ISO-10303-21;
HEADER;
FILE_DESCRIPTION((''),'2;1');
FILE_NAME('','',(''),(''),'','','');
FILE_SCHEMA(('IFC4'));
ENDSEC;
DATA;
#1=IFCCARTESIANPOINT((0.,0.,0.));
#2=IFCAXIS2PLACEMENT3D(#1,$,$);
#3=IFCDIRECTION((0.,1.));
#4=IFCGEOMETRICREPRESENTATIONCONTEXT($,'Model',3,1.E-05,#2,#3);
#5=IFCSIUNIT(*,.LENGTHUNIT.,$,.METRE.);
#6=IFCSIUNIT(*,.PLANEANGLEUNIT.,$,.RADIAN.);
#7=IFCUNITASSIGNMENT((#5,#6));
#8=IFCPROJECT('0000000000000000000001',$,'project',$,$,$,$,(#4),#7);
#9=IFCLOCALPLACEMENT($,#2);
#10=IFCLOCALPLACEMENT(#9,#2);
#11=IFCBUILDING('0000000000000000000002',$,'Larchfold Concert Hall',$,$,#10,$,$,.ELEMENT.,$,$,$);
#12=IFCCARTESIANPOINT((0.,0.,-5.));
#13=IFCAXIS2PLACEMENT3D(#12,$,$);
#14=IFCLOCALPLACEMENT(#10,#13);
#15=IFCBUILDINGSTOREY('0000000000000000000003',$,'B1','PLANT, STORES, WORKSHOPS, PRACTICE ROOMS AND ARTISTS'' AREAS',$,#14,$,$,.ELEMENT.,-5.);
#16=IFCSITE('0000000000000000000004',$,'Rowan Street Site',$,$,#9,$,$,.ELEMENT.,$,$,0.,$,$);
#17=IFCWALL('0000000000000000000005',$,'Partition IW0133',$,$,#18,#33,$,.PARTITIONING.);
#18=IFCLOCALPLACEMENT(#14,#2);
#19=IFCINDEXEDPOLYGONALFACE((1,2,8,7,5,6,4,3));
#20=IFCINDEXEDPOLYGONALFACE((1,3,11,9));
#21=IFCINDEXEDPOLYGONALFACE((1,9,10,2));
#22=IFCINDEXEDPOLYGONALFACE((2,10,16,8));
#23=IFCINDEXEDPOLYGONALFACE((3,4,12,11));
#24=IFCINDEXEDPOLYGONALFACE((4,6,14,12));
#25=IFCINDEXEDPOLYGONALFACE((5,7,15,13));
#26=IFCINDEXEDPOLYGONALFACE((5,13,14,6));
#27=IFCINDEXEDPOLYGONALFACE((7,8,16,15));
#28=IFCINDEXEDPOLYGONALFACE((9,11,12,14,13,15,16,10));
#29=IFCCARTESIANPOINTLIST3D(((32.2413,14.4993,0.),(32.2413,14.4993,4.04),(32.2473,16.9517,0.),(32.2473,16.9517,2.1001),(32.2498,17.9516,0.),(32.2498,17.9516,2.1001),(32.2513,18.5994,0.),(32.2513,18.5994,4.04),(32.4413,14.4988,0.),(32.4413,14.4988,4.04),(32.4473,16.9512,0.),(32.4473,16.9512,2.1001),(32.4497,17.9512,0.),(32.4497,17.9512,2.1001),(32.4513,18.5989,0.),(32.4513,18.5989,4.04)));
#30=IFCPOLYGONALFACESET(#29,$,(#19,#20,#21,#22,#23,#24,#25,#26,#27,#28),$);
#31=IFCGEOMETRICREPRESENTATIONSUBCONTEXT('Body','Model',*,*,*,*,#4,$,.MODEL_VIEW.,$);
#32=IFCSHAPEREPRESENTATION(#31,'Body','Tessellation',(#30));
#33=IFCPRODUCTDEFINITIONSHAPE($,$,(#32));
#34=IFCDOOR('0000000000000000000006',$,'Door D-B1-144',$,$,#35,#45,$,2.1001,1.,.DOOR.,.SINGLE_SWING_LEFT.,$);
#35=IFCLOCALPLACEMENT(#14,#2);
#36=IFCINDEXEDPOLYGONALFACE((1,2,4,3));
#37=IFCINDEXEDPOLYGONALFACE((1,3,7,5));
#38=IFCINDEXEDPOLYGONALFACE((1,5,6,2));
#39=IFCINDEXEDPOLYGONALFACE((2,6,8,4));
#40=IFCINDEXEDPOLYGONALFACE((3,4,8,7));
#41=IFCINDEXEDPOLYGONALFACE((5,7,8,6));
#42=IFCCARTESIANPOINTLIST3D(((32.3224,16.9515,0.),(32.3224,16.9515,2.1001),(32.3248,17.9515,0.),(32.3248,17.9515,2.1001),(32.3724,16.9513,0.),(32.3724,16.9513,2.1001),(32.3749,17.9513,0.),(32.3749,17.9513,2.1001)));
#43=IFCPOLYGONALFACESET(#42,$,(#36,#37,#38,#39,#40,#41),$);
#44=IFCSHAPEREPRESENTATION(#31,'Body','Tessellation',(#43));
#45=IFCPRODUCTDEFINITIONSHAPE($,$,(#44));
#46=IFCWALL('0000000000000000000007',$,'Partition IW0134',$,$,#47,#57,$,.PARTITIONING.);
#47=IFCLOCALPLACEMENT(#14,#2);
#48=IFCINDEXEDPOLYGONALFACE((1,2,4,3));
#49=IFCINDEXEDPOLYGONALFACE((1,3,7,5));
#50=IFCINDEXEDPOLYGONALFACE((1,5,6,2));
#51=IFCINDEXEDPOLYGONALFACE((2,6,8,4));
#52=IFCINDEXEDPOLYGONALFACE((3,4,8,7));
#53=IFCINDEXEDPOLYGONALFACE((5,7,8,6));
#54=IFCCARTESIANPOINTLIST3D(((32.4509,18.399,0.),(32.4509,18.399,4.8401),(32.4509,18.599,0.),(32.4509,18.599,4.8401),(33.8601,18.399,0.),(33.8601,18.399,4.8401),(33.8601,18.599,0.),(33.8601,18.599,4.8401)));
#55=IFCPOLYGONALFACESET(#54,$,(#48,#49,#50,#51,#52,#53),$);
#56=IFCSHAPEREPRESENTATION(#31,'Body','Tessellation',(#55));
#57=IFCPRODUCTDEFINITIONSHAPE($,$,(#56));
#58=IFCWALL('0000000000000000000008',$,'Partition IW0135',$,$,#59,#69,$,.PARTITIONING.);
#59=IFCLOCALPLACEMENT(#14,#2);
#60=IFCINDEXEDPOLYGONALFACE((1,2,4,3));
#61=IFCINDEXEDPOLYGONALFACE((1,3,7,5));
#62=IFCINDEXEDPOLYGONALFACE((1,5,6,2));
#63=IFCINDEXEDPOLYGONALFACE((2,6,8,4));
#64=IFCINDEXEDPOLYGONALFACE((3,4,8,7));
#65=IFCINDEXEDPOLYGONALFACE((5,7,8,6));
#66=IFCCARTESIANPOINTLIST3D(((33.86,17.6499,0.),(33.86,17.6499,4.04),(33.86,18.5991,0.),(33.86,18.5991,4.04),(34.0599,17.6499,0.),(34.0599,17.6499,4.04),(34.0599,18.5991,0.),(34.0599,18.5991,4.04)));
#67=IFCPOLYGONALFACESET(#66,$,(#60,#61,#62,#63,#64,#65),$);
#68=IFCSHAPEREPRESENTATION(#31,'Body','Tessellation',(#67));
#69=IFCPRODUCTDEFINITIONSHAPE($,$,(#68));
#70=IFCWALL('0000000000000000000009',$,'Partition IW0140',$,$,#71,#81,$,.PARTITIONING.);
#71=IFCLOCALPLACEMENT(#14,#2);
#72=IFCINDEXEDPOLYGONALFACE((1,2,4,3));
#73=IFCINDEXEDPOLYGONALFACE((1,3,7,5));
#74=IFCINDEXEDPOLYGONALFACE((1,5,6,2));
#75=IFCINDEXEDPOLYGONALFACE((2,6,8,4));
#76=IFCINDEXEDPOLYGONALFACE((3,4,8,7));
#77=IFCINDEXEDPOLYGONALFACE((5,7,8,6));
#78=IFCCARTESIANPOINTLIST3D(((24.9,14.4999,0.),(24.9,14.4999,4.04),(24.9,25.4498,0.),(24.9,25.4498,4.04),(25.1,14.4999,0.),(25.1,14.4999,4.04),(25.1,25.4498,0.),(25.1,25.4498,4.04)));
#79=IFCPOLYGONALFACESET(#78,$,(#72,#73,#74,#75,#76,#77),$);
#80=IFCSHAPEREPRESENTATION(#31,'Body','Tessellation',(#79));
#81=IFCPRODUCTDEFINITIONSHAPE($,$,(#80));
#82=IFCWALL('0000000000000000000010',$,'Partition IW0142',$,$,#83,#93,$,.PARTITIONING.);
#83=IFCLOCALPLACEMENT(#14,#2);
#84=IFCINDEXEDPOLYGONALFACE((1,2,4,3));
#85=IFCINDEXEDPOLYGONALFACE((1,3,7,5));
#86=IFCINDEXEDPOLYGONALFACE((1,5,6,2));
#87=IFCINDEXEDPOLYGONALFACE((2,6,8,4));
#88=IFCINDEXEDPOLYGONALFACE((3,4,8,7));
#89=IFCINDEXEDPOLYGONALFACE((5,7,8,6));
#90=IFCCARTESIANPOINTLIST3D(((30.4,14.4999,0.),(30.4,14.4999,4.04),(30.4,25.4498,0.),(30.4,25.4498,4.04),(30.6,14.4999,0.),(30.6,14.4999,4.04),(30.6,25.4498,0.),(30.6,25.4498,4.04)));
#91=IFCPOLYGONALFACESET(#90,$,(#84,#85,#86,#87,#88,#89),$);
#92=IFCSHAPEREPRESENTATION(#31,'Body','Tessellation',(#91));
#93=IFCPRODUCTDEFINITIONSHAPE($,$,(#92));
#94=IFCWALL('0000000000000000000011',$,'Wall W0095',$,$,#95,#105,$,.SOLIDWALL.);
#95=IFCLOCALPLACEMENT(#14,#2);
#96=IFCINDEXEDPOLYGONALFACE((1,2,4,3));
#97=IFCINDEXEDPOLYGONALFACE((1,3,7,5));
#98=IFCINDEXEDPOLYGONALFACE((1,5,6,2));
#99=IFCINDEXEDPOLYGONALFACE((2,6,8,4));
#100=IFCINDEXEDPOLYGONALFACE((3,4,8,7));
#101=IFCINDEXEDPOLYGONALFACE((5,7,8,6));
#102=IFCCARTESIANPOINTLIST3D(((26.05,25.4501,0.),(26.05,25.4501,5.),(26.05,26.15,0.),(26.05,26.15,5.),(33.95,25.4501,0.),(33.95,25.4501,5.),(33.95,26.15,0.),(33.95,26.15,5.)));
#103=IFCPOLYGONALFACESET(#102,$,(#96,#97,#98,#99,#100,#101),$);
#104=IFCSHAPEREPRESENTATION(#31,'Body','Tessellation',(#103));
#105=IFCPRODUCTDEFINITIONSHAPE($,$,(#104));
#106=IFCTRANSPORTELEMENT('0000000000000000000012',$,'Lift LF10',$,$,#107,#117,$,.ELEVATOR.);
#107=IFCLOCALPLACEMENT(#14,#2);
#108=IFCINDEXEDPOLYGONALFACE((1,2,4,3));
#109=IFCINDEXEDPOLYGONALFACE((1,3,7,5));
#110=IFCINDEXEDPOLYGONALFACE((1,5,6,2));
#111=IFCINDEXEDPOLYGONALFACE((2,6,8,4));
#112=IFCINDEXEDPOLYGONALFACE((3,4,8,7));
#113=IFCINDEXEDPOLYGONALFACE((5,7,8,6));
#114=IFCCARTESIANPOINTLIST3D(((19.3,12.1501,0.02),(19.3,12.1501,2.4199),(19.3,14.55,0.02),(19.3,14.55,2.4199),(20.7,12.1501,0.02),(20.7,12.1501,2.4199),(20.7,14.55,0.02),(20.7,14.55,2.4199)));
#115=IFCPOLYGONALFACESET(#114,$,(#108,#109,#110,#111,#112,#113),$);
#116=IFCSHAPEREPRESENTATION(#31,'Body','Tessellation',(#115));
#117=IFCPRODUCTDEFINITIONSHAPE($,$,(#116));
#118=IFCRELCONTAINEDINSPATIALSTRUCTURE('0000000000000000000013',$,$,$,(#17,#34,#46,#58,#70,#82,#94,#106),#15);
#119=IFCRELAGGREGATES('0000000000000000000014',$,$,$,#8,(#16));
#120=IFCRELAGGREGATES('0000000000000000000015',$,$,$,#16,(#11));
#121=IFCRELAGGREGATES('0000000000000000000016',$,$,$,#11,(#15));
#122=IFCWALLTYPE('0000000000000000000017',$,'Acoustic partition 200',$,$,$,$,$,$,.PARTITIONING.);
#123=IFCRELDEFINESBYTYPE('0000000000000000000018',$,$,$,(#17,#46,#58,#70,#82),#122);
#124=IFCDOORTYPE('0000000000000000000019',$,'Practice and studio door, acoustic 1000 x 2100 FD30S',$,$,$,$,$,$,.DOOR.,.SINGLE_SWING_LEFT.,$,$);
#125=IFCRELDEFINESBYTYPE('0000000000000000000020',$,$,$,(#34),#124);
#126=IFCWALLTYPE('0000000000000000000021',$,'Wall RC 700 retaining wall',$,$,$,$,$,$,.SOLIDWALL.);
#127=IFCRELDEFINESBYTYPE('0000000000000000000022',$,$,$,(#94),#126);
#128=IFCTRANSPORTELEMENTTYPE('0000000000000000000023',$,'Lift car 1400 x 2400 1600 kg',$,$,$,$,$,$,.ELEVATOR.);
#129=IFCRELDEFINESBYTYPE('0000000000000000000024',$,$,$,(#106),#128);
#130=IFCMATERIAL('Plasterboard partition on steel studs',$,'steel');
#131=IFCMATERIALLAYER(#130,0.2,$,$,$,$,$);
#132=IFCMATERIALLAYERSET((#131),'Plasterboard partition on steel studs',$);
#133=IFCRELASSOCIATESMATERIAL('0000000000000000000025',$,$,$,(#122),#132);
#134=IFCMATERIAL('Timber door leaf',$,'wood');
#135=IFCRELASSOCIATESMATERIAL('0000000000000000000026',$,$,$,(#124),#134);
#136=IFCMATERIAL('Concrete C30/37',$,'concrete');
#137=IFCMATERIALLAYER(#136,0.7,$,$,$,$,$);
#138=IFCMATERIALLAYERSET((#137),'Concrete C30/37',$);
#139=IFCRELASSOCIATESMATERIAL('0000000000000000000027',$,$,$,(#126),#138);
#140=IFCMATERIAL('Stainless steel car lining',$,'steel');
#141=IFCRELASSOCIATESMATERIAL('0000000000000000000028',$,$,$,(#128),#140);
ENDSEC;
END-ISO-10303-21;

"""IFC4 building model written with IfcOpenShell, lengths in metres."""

from ifc_helpers import new_model, si_unit, direction, frame, frame_2d, origin, origin_2d, place, context, subcontext, project, spatial, rectangle, extrude, material, layer, layer_set, type_object, element, fill, save


model = new_model("IFC4")

# Units and contexts
model_context = context("Model", 3, precision=1e-05, world=origin(), true_north=direction((0.0, 1.0)))
body_context = subcontext(model_context, "Body", "Model", "MODEL_VIEW")
ifc_project = project(units=[si_unit("LENGTHUNIT", "METRE"), si_unit("PLANEANGLEUNIT", "RADIAN")], contexts=[model_context])

# Site, building, storey
site_placement = place(None, origin())
site = spatial("IfcSite", under=ifc_project, at=site_placement, Name="Rowan Street Site", CompositionType="ELEMENT", RefElevation=0.0)
building_placement = place(site_placement, origin())
building = spatial("IfcBuilding", under=site, at=building_placement, Name="Larchfold Concert Hall", CompositionType="ELEMENT")
storey_placement = place(building_placement, frame((0.0, 0.0, -5.0)))
storey = spatial("IfcBuildingStorey", under=building, at=storey_placement, Name="B1", Description="PLANT, STORES, WORKSHOPS, PRACTICE ROOMS AND ARTISTS' AREAS", CompositionType="ELEMENT", Elevation=-5.0)

# Shared definitions
ifc_material_1 = material(Name="Plasterboard partition on steel studs", Category="steel")
ifc_layer_1 = layer(ifc_material_1, 0.2)
ifc_layer_set_1 = layer_set([ifc_layer_1], Name="Plasterboard partition on steel studs")
wall_type_1 = type_object("IfcWallType", Name="Acoustic partition 200", PredefinedType="PARTITIONING", material=ifc_layer_set_1)

# Shared definitions
ifc_material_2 = material(Name="Timber door leaf", Category="wood")
door_type = type_object("IfcDoorType", Name="Practice and studio door, acoustic 1000 x 2100 FD30S", OperationType="SINGLE_SWING_LEFT", PredefinedType="DOOR", material=ifc_material_2)

# Wall, opening, door
wall_1_placement = place(storey_placement, frame((32.3413, 14.499, 0.0), z_axis=(0.0, 0.0, 1.0), x_axis=(0.002441, 0.999997, 0.0)))
wall_1 = element("IfcWall", 1, at=wall_1_placement, inside=storey, type_object=wall_type_1, Name="Partition IW0133", PredefinedType="PARTITIONING", context=body_context, shape_type="SweptSolid", body=[
    extrude(rectangle(XDim=4.1001, YDim=0.2, at=frame_2d((2.05, 0.0))), origin(), (0.0, 0.0, 1.0), 4.04),
])
opening_1_placement = place(wall_1_placement, frame((2.4524, 0.0, 0.0)))
opening_1 = element("IfcOpeningElement", 2, at=opening_1_placement, cuts=wall_1, PredefinedType="OPENING", context=body_context, shape_type="SweptSolid", body=[
    extrude(rectangle(XDim=1.0, YDim=2.1001, at=frame_2d((0.5, 1.05))), frame((0.0, 0.1099, 0.0), z_axis=(0.0, -1.0, 0.0), x_axis=(1.0, 0.0, 0.0)), (0.0, 0.0, 1.0), 0.22),
])
door_1_placement = place(opening_1_placement, origin())
door_1 = element("IfcDoor", 3, at=door_1_placement, inside=storey, type_object=door_type, Name="Door D-B1-144", OperationType="SINGLE_SWING_LEFT", OverallHeight=2.1001, OverallWidth=1.0, PredefinedType="DOOR", context=body_context, shape_type="SweptSolid", body=[
    extrude(rectangle(XDim=1.0, YDim=2.1001, at=frame_2d((0.5, 1.05))), frame((0.0, 0.0249, 0.0), z_axis=(0.0, -1.0, 0.0), x_axis=(1.0, 0.0, 0.0)), (0.0, 0.0, 1.0), 0.05),
])
fill(opening_1, door_1)

# Walls
wall_2_placement = place(storey_placement, frame((32.4509, 18.499, 0.0), z_axis=(0.0, 0.0, 1.0), x_axis=(1.0, 0.0, 0.0)))
element("IfcWall", 4, at=wall_2_placement, inside=storey, type_object=wall_type_1, Name="Partition IW0134", PredefinedType="PARTITIONING", context=body_context, shape_type="SweptSolid", body=[
    extrude(rectangle(XDim=1.4092, YDim=0.2, at=frame_2d((0.7046, 0.0))), origin(), (0.0, 0.0, 1.0), 4.8401),
])
wall_3_placement = place(storey_placement, frame((33.96, 18.5991, 0.0), z_axis=(0.0, 0.0, 1.0), x_axis=(0.0, -1.0, 0.0)))
element("IfcWall", 5, at=wall_3_placement, inside=storey, type_object=wall_type_1, Name="Partition IW0135", PredefinedType="PARTITIONING", context=body_context, shape_type="SweptSolid", body=[
    extrude(rectangle(XDim=0.9492, YDim=0.2, at=frame_2d((0.4746, 0.0))), origin(), (0.0, 0.0, 1.0), 4.04),
])
for number, where, z_axis, x_axis, name in (
    (6, (25.0, 25.45, 0.0), (0.0, 0.0, 1.0), (0.0, -1.0, 0.0), "Partition IW0140"),
    (7, (30.5, 25.45, 0.0), (0.0, 0.0, 1.0), (0.0, -1.0, 0.0), "Partition IW0142"),
):
    element("IfcWall", number, at=place(storey_placement, frame(where, z_axis=z_axis, x_axis=x_axis)), inside=storey, type_object=wall_type_1, Name=name, PredefinedType="PARTITIONING", context=body_context, shape_type="SweptSolid", body=[
        extrude(rectangle(XDim=10.95, YDim=0.2, at=frame_2d((5.4751, 0.0))), origin(), (0.0, 0.0, 1.0), 4.04),
    ])
ifc_material_3 = material(Name="Concrete C30/37", Category="concrete")
ifc_layer_2 = layer(ifc_material_3, 0.7)
ifc_layer_set_2 = layer_set([ifc_layer_2], Name="Concrete C30/37")
wall_type_2 = type_object("IfcWallType", Name="Wall RC 700 retaining wall", PredefinedType="SOLIDWALL", material=ifc_layer_set_2)
wall_4_placement = place(storey_placement, frame((26.05, 25.8, 0.0), z_axis=(0.0, 0.0, 1.0), x_axis=(1.0, 0.0, 0.0)))
element("IfcWall", 8, at=wall_4_placement, inside=storey, type_object=wall_type_2, Name="Wall W0095", PredefinedType="SOLIDWALL", context=body_context, shape_type="SweptSolid", body=[
    extrude(rectangle(XDim=7.8999, YDim=0.7, at=frame_2d((3.95, 0.0))), origin(), (0.0, 0.0, 1.0), 5.0),
])

# Transport element
ifc_material_4 = material(Name="Stainless steel car lining", Category="steel")
transport_element_type = type_object("IfcTransportElementType", Name="Lift car 1400 x 2400 1600 kg", PredefinedType="ELEVATOR", material=ifc_material_4)
transport_element_placement = place(storey_placement, frame((20.0, 13.3501, 0.02), z_axis=(0.0, 0.0, 1.0), x_axis=(1.0, 0.0, 0.0)))
element("IfcTransportElement", 9, at=transport_element_placement, inside=storey, type_object=transport_element_type, Name="Lift LF10", PredefinedType="ELEVATOR", context=body_context, shape_type="SweptSolid", body=[
    extrude(rectangle(XDim=1.3999, YDim=2.3999, at=origin_2d()), origin(), (0.0, 0.0, 1.0), 2.3999),
])

save(model, "model.ifc")
